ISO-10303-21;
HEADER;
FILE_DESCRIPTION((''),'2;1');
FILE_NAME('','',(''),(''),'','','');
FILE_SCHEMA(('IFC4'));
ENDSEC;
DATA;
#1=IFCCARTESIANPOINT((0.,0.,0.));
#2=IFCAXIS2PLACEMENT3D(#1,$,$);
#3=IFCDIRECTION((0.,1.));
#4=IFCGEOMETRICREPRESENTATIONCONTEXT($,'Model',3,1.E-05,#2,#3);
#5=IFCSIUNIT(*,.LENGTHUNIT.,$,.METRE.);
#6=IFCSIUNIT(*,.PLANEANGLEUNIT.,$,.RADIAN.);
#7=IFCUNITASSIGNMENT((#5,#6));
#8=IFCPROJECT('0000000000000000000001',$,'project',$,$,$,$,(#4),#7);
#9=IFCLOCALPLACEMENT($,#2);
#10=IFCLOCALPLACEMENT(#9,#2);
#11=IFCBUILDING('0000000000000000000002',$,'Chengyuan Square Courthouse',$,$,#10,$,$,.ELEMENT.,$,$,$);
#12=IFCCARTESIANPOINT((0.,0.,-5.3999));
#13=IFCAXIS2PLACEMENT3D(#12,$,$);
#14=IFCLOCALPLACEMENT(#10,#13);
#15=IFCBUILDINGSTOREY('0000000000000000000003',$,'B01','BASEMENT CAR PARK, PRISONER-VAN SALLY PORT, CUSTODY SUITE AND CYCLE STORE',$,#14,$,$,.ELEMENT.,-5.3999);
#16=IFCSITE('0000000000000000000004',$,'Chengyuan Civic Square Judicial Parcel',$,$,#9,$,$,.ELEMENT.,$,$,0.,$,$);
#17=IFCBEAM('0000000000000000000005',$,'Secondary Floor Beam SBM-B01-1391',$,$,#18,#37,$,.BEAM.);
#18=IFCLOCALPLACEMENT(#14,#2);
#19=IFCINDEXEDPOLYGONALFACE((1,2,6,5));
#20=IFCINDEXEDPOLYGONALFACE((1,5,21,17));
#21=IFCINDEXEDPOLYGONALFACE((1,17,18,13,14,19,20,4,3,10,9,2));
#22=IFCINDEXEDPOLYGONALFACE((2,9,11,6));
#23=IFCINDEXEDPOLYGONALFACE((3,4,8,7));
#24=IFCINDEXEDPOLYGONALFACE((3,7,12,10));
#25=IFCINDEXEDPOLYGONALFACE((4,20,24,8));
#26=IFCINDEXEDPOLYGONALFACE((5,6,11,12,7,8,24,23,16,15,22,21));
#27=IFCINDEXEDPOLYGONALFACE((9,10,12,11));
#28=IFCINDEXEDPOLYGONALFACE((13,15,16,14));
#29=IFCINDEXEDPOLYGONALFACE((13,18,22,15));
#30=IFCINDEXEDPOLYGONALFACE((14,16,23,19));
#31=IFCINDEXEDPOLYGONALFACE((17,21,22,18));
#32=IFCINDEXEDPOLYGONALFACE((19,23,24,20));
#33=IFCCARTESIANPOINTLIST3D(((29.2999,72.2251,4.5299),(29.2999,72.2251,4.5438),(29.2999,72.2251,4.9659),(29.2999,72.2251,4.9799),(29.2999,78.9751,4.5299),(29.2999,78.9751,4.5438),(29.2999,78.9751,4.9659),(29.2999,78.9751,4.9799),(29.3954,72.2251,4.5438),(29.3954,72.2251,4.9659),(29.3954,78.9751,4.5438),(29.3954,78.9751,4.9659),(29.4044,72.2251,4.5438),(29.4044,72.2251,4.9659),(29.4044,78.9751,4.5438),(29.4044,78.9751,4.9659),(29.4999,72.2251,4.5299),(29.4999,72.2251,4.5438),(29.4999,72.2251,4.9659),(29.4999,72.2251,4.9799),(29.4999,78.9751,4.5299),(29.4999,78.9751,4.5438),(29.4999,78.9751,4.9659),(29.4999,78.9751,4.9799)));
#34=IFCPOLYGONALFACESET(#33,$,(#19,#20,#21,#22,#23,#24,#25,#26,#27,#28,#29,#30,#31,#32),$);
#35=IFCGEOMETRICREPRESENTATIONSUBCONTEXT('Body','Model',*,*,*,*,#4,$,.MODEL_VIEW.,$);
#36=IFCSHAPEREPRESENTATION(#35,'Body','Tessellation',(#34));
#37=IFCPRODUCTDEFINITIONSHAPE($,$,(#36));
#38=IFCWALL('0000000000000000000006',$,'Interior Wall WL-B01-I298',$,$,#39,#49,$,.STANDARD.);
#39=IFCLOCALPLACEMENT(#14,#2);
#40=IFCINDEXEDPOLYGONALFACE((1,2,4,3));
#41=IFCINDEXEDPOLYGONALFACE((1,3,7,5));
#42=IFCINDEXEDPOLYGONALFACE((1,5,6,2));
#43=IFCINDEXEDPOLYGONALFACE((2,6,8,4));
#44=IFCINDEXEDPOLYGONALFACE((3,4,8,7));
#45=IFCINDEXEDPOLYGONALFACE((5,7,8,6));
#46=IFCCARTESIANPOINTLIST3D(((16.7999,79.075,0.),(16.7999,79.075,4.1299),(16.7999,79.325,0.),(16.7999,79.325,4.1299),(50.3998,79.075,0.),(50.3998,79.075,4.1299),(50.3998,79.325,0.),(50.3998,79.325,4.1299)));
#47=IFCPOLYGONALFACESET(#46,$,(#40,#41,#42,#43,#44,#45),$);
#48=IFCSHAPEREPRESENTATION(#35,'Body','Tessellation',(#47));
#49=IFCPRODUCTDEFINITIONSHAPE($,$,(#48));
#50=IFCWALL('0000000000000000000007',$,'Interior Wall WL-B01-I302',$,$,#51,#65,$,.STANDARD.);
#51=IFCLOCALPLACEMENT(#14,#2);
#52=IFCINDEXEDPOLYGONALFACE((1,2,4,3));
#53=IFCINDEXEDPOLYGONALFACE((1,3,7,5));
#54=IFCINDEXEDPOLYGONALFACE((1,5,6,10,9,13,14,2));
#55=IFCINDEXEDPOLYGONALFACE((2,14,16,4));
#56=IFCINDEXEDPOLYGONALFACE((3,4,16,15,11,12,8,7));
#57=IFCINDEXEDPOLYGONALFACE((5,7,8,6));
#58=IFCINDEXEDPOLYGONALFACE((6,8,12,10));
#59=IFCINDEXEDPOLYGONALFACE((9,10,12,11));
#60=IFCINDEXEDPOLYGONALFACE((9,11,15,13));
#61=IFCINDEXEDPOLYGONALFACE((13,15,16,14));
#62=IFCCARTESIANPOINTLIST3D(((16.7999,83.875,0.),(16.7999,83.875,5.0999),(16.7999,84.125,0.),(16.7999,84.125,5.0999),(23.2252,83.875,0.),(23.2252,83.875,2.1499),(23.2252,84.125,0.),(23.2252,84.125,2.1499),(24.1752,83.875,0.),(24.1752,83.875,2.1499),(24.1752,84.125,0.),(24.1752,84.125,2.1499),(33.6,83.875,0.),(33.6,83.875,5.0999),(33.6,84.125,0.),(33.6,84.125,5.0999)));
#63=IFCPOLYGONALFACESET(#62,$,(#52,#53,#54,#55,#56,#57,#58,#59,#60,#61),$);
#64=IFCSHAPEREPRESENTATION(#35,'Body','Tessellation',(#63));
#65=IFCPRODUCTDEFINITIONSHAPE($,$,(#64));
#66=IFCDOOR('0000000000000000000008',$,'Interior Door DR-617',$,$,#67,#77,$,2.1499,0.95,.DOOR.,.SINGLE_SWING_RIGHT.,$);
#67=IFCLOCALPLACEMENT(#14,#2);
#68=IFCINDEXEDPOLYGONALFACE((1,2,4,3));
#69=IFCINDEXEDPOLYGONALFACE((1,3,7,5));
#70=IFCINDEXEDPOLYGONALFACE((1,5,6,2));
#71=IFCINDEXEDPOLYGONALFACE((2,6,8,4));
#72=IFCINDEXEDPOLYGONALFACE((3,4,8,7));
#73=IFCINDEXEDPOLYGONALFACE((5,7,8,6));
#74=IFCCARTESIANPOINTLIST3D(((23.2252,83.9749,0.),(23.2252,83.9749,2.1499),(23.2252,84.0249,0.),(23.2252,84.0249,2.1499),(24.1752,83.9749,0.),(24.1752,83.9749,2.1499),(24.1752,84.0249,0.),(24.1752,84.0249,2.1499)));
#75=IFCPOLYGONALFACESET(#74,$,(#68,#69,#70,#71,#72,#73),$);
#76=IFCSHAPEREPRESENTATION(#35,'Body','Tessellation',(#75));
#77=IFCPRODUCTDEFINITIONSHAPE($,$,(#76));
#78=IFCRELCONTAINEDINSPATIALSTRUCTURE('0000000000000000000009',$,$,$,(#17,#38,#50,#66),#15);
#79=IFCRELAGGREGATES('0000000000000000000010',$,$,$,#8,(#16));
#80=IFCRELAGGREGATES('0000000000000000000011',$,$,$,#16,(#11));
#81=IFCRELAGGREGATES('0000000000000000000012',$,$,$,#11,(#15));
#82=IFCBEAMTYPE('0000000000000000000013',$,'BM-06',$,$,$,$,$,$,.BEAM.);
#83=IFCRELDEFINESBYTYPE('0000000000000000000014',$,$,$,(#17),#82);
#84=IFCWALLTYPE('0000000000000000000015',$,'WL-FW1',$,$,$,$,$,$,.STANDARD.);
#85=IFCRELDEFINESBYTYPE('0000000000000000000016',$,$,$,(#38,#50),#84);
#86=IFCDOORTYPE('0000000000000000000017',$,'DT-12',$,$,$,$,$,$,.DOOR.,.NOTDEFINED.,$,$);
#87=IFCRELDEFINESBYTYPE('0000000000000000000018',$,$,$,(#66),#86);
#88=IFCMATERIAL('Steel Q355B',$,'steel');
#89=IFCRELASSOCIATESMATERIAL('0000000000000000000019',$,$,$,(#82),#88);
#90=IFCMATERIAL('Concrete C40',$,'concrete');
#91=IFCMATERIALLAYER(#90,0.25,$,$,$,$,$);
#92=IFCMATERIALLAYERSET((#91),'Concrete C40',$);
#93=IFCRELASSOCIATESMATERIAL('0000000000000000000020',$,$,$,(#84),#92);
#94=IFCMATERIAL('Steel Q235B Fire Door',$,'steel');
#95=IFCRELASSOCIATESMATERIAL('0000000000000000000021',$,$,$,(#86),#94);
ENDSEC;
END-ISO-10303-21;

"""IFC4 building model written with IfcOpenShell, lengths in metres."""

from ifc_helpers import new_model, si_unit, direction, frame, frame_2d, origin, origin_2d, place, context, subcontext, project, spatial, rectangle, i_section, extrude, material, layer, layer_set, material_profile, profile_set, type_object, element, fill, save


model = new_model("IFC4")

# Units and contexts
model_context = context("Model", 3, precision=1e-05, world=origin(), true_north=direction((0.0, 1.0)))
body_context = subcontext(model_context, "Body", "Model", "MODEL_VIEW")
ifc_project = project(units=[si_unit("LENGTHUNIT", "METRE"), si_unit("PLANEANGLEUNIT", "RADIAN")], contexts=[model_context])

# Site, building, storey
site_placement = place(None, origin())
site = spatial("IfcSite", under=ifc_project, at=site_placement, Name="Chengyuan Civic Square Judicial Parcel", CompositionType="ELEMENT", RefElevation=0.0)
building_placement = place(site_placement, origin())
building = spatial("IfcBuilding", under=site, at=building_placement, Name="Chengyuan Square Courthouse", CompositionType="ELEMENT")
storey_placement = place(building_placement, frame((0.0, 0.0, -5.3999)))
storey = spatial("IfcBuildingStorey", under=building, at=storey_placement, Name="B01", Description="BASEMENT CAR PARK, PRISONER-VAN SALLY PORT, CUSTODY SUITE AND CYCLE STORE", CompositionType="ELEMENT", Elevation=-5.3999)

# Beam
ifc_material_1 = material(Name="Concrete C40", Category="concrete")
ifc_material_2 = material(Name="Steel Q355B", Category="steel")
ifc_material_profile_1 = material_profile(ifc_material_2, i_section(OverallWidth=0.2, OverallDepth=0.45, WebThickness=0.009, FlangeThickness=0.0139, at=origin_2d()), Name="HN 450x200x9x14")
ifc_profile_set_1 = profile_set([ifc_material_profile_1], Name="Steel Q355B")
beam_type_1 = type_object("IfcBeamType", Name="BM-06", PredefinedType="BEAM", material=ifc_profile_set_1)
for number, where, z_axis, x_axis, name in (
    (1, (29.3999, 72.2251, 4.7549), (0.0, 1.0, 0.0), (-1.0, 0.0, 0.0), "Secondary Floor Beam SBM-B01-1391"),
):
    element("IfcBeam", number, at=place(storey_placement, frame(where, z_axis=z_axis, x_axis=x_axis)), inside=storey, type_object=beam_type_1, Name=name, PredefinedType="BEAM", context=body_context, shape_type="SweptSolid", body=[
        extrude(i_section(OverallWidth=0.2, OverallDepth=0.45, WebThickness=0.009, FlangeThickness=0.0139, at=origin_2d()), origin(), (0.0, 0.0, 1.0), 6.75),
    ])

# Wall
ifc_layer = layer(ifc_material_1, 0.25)
ifc_layer_set = layer_set([ifc_layer], Name="Concrete C40")
wall_type = type_object("IfcWallType", Name="WL-FW1", PredefinedType="STANDARD", material=ifc_layer_set)
wall_1_placement = place(storey_placement, frame((16.8, 79.2, 0.0), z_axis=(0.0, 0.0, 1.0), x_axis=(1.0, 0.0, 0.0)))
element("IfcWall", 2, at=wall_1_placement, inside=storey, type_object=wall_type, Name="Interior Wall WL-B01-I298", PredefinedType="STANDARD", context=body_context, shape_type="SweptSolid", body=[
    extrude(rectangle(XDim=33.5999, YDim=0.25, at=frame_2d((16.7998, 0.0))), origin(), (0.0, 0.0, 1.0), 4.1299),
])

# Wall, opening, door
wall_2_placement = place(storey_placement, frame((16.8, 84.0, 0.0), z_axis=(0.0, 0.0, 1.0), x_axis=(1.0, 0.0, 0.0)))
wall_2 = element("IfcWall", 3, at=wall_2_placement, inside=storey, type_object=wall_type, Name="Interior Wall WL-B01-I302", PredefinedType="STANDARD", context=body_context, shape_type="SweptSolid", body=[
    extrude(rectangle(XDim=16.8, YDim=0.25, at=frame_2d((8.3999, 0.0))), origin(), (0.0, 0.0, 1.0), 5.0999),
])
opening_placement = place(wall_2_placement, frame((6.425, 0.0, 0.0)))
opening = element("IfcOpeningElement", 4, at=opening_placement, cuts=wall_2, PredefinedType="OPENING", context=body_context, shape_type="SweptSolid", body=[
    extrude(rectangle(XDim=0.95, YDim=2.1499, at=frame_2d((0.4751, 1.075))), frame((0.0, 0.137, 0.0), z_axis=(0.0, -1.0, 0.0), x_axis=(1.0, 0.0, 0.0)), (0.0, 0.0, 1.0), 0.2739),
])
ifc_material_3 = material(Name="Steel Q235B Fire Door", Category="steel")
door_type = type_object("IfcDoorType", Name="DT-12", OperationType="NOTDEFINED", PredefinedType="DOOR", material=ifc_material_3)
door_placement = place(opening_placement, origin())
door = element("IfcDoor", 5, at=door_placement, inside=storey, type_object=door_type, Name="Interior Door DR-617", OperationType="SINGLE_SWING_RIGHT", OverallHeight=2.1499, OverallWidth=0.95, PredefinedType="DOOR", context=body_context, shape_type="SweptSolid", body=[
    extrude(rectangle(XDim=0.95, YDim=2.1499, at=frame_2d((0.4751, 1.075))), frame((0.0, 0.0249, 0.0), z_axis=(0.0, -1.0, 0.0), x_axis=(1.0, 0.0, 0.0)), (0.0, 0.0, 1.0), 0.05),
])
fill(opening, door)

save(model, "model.ifc")
